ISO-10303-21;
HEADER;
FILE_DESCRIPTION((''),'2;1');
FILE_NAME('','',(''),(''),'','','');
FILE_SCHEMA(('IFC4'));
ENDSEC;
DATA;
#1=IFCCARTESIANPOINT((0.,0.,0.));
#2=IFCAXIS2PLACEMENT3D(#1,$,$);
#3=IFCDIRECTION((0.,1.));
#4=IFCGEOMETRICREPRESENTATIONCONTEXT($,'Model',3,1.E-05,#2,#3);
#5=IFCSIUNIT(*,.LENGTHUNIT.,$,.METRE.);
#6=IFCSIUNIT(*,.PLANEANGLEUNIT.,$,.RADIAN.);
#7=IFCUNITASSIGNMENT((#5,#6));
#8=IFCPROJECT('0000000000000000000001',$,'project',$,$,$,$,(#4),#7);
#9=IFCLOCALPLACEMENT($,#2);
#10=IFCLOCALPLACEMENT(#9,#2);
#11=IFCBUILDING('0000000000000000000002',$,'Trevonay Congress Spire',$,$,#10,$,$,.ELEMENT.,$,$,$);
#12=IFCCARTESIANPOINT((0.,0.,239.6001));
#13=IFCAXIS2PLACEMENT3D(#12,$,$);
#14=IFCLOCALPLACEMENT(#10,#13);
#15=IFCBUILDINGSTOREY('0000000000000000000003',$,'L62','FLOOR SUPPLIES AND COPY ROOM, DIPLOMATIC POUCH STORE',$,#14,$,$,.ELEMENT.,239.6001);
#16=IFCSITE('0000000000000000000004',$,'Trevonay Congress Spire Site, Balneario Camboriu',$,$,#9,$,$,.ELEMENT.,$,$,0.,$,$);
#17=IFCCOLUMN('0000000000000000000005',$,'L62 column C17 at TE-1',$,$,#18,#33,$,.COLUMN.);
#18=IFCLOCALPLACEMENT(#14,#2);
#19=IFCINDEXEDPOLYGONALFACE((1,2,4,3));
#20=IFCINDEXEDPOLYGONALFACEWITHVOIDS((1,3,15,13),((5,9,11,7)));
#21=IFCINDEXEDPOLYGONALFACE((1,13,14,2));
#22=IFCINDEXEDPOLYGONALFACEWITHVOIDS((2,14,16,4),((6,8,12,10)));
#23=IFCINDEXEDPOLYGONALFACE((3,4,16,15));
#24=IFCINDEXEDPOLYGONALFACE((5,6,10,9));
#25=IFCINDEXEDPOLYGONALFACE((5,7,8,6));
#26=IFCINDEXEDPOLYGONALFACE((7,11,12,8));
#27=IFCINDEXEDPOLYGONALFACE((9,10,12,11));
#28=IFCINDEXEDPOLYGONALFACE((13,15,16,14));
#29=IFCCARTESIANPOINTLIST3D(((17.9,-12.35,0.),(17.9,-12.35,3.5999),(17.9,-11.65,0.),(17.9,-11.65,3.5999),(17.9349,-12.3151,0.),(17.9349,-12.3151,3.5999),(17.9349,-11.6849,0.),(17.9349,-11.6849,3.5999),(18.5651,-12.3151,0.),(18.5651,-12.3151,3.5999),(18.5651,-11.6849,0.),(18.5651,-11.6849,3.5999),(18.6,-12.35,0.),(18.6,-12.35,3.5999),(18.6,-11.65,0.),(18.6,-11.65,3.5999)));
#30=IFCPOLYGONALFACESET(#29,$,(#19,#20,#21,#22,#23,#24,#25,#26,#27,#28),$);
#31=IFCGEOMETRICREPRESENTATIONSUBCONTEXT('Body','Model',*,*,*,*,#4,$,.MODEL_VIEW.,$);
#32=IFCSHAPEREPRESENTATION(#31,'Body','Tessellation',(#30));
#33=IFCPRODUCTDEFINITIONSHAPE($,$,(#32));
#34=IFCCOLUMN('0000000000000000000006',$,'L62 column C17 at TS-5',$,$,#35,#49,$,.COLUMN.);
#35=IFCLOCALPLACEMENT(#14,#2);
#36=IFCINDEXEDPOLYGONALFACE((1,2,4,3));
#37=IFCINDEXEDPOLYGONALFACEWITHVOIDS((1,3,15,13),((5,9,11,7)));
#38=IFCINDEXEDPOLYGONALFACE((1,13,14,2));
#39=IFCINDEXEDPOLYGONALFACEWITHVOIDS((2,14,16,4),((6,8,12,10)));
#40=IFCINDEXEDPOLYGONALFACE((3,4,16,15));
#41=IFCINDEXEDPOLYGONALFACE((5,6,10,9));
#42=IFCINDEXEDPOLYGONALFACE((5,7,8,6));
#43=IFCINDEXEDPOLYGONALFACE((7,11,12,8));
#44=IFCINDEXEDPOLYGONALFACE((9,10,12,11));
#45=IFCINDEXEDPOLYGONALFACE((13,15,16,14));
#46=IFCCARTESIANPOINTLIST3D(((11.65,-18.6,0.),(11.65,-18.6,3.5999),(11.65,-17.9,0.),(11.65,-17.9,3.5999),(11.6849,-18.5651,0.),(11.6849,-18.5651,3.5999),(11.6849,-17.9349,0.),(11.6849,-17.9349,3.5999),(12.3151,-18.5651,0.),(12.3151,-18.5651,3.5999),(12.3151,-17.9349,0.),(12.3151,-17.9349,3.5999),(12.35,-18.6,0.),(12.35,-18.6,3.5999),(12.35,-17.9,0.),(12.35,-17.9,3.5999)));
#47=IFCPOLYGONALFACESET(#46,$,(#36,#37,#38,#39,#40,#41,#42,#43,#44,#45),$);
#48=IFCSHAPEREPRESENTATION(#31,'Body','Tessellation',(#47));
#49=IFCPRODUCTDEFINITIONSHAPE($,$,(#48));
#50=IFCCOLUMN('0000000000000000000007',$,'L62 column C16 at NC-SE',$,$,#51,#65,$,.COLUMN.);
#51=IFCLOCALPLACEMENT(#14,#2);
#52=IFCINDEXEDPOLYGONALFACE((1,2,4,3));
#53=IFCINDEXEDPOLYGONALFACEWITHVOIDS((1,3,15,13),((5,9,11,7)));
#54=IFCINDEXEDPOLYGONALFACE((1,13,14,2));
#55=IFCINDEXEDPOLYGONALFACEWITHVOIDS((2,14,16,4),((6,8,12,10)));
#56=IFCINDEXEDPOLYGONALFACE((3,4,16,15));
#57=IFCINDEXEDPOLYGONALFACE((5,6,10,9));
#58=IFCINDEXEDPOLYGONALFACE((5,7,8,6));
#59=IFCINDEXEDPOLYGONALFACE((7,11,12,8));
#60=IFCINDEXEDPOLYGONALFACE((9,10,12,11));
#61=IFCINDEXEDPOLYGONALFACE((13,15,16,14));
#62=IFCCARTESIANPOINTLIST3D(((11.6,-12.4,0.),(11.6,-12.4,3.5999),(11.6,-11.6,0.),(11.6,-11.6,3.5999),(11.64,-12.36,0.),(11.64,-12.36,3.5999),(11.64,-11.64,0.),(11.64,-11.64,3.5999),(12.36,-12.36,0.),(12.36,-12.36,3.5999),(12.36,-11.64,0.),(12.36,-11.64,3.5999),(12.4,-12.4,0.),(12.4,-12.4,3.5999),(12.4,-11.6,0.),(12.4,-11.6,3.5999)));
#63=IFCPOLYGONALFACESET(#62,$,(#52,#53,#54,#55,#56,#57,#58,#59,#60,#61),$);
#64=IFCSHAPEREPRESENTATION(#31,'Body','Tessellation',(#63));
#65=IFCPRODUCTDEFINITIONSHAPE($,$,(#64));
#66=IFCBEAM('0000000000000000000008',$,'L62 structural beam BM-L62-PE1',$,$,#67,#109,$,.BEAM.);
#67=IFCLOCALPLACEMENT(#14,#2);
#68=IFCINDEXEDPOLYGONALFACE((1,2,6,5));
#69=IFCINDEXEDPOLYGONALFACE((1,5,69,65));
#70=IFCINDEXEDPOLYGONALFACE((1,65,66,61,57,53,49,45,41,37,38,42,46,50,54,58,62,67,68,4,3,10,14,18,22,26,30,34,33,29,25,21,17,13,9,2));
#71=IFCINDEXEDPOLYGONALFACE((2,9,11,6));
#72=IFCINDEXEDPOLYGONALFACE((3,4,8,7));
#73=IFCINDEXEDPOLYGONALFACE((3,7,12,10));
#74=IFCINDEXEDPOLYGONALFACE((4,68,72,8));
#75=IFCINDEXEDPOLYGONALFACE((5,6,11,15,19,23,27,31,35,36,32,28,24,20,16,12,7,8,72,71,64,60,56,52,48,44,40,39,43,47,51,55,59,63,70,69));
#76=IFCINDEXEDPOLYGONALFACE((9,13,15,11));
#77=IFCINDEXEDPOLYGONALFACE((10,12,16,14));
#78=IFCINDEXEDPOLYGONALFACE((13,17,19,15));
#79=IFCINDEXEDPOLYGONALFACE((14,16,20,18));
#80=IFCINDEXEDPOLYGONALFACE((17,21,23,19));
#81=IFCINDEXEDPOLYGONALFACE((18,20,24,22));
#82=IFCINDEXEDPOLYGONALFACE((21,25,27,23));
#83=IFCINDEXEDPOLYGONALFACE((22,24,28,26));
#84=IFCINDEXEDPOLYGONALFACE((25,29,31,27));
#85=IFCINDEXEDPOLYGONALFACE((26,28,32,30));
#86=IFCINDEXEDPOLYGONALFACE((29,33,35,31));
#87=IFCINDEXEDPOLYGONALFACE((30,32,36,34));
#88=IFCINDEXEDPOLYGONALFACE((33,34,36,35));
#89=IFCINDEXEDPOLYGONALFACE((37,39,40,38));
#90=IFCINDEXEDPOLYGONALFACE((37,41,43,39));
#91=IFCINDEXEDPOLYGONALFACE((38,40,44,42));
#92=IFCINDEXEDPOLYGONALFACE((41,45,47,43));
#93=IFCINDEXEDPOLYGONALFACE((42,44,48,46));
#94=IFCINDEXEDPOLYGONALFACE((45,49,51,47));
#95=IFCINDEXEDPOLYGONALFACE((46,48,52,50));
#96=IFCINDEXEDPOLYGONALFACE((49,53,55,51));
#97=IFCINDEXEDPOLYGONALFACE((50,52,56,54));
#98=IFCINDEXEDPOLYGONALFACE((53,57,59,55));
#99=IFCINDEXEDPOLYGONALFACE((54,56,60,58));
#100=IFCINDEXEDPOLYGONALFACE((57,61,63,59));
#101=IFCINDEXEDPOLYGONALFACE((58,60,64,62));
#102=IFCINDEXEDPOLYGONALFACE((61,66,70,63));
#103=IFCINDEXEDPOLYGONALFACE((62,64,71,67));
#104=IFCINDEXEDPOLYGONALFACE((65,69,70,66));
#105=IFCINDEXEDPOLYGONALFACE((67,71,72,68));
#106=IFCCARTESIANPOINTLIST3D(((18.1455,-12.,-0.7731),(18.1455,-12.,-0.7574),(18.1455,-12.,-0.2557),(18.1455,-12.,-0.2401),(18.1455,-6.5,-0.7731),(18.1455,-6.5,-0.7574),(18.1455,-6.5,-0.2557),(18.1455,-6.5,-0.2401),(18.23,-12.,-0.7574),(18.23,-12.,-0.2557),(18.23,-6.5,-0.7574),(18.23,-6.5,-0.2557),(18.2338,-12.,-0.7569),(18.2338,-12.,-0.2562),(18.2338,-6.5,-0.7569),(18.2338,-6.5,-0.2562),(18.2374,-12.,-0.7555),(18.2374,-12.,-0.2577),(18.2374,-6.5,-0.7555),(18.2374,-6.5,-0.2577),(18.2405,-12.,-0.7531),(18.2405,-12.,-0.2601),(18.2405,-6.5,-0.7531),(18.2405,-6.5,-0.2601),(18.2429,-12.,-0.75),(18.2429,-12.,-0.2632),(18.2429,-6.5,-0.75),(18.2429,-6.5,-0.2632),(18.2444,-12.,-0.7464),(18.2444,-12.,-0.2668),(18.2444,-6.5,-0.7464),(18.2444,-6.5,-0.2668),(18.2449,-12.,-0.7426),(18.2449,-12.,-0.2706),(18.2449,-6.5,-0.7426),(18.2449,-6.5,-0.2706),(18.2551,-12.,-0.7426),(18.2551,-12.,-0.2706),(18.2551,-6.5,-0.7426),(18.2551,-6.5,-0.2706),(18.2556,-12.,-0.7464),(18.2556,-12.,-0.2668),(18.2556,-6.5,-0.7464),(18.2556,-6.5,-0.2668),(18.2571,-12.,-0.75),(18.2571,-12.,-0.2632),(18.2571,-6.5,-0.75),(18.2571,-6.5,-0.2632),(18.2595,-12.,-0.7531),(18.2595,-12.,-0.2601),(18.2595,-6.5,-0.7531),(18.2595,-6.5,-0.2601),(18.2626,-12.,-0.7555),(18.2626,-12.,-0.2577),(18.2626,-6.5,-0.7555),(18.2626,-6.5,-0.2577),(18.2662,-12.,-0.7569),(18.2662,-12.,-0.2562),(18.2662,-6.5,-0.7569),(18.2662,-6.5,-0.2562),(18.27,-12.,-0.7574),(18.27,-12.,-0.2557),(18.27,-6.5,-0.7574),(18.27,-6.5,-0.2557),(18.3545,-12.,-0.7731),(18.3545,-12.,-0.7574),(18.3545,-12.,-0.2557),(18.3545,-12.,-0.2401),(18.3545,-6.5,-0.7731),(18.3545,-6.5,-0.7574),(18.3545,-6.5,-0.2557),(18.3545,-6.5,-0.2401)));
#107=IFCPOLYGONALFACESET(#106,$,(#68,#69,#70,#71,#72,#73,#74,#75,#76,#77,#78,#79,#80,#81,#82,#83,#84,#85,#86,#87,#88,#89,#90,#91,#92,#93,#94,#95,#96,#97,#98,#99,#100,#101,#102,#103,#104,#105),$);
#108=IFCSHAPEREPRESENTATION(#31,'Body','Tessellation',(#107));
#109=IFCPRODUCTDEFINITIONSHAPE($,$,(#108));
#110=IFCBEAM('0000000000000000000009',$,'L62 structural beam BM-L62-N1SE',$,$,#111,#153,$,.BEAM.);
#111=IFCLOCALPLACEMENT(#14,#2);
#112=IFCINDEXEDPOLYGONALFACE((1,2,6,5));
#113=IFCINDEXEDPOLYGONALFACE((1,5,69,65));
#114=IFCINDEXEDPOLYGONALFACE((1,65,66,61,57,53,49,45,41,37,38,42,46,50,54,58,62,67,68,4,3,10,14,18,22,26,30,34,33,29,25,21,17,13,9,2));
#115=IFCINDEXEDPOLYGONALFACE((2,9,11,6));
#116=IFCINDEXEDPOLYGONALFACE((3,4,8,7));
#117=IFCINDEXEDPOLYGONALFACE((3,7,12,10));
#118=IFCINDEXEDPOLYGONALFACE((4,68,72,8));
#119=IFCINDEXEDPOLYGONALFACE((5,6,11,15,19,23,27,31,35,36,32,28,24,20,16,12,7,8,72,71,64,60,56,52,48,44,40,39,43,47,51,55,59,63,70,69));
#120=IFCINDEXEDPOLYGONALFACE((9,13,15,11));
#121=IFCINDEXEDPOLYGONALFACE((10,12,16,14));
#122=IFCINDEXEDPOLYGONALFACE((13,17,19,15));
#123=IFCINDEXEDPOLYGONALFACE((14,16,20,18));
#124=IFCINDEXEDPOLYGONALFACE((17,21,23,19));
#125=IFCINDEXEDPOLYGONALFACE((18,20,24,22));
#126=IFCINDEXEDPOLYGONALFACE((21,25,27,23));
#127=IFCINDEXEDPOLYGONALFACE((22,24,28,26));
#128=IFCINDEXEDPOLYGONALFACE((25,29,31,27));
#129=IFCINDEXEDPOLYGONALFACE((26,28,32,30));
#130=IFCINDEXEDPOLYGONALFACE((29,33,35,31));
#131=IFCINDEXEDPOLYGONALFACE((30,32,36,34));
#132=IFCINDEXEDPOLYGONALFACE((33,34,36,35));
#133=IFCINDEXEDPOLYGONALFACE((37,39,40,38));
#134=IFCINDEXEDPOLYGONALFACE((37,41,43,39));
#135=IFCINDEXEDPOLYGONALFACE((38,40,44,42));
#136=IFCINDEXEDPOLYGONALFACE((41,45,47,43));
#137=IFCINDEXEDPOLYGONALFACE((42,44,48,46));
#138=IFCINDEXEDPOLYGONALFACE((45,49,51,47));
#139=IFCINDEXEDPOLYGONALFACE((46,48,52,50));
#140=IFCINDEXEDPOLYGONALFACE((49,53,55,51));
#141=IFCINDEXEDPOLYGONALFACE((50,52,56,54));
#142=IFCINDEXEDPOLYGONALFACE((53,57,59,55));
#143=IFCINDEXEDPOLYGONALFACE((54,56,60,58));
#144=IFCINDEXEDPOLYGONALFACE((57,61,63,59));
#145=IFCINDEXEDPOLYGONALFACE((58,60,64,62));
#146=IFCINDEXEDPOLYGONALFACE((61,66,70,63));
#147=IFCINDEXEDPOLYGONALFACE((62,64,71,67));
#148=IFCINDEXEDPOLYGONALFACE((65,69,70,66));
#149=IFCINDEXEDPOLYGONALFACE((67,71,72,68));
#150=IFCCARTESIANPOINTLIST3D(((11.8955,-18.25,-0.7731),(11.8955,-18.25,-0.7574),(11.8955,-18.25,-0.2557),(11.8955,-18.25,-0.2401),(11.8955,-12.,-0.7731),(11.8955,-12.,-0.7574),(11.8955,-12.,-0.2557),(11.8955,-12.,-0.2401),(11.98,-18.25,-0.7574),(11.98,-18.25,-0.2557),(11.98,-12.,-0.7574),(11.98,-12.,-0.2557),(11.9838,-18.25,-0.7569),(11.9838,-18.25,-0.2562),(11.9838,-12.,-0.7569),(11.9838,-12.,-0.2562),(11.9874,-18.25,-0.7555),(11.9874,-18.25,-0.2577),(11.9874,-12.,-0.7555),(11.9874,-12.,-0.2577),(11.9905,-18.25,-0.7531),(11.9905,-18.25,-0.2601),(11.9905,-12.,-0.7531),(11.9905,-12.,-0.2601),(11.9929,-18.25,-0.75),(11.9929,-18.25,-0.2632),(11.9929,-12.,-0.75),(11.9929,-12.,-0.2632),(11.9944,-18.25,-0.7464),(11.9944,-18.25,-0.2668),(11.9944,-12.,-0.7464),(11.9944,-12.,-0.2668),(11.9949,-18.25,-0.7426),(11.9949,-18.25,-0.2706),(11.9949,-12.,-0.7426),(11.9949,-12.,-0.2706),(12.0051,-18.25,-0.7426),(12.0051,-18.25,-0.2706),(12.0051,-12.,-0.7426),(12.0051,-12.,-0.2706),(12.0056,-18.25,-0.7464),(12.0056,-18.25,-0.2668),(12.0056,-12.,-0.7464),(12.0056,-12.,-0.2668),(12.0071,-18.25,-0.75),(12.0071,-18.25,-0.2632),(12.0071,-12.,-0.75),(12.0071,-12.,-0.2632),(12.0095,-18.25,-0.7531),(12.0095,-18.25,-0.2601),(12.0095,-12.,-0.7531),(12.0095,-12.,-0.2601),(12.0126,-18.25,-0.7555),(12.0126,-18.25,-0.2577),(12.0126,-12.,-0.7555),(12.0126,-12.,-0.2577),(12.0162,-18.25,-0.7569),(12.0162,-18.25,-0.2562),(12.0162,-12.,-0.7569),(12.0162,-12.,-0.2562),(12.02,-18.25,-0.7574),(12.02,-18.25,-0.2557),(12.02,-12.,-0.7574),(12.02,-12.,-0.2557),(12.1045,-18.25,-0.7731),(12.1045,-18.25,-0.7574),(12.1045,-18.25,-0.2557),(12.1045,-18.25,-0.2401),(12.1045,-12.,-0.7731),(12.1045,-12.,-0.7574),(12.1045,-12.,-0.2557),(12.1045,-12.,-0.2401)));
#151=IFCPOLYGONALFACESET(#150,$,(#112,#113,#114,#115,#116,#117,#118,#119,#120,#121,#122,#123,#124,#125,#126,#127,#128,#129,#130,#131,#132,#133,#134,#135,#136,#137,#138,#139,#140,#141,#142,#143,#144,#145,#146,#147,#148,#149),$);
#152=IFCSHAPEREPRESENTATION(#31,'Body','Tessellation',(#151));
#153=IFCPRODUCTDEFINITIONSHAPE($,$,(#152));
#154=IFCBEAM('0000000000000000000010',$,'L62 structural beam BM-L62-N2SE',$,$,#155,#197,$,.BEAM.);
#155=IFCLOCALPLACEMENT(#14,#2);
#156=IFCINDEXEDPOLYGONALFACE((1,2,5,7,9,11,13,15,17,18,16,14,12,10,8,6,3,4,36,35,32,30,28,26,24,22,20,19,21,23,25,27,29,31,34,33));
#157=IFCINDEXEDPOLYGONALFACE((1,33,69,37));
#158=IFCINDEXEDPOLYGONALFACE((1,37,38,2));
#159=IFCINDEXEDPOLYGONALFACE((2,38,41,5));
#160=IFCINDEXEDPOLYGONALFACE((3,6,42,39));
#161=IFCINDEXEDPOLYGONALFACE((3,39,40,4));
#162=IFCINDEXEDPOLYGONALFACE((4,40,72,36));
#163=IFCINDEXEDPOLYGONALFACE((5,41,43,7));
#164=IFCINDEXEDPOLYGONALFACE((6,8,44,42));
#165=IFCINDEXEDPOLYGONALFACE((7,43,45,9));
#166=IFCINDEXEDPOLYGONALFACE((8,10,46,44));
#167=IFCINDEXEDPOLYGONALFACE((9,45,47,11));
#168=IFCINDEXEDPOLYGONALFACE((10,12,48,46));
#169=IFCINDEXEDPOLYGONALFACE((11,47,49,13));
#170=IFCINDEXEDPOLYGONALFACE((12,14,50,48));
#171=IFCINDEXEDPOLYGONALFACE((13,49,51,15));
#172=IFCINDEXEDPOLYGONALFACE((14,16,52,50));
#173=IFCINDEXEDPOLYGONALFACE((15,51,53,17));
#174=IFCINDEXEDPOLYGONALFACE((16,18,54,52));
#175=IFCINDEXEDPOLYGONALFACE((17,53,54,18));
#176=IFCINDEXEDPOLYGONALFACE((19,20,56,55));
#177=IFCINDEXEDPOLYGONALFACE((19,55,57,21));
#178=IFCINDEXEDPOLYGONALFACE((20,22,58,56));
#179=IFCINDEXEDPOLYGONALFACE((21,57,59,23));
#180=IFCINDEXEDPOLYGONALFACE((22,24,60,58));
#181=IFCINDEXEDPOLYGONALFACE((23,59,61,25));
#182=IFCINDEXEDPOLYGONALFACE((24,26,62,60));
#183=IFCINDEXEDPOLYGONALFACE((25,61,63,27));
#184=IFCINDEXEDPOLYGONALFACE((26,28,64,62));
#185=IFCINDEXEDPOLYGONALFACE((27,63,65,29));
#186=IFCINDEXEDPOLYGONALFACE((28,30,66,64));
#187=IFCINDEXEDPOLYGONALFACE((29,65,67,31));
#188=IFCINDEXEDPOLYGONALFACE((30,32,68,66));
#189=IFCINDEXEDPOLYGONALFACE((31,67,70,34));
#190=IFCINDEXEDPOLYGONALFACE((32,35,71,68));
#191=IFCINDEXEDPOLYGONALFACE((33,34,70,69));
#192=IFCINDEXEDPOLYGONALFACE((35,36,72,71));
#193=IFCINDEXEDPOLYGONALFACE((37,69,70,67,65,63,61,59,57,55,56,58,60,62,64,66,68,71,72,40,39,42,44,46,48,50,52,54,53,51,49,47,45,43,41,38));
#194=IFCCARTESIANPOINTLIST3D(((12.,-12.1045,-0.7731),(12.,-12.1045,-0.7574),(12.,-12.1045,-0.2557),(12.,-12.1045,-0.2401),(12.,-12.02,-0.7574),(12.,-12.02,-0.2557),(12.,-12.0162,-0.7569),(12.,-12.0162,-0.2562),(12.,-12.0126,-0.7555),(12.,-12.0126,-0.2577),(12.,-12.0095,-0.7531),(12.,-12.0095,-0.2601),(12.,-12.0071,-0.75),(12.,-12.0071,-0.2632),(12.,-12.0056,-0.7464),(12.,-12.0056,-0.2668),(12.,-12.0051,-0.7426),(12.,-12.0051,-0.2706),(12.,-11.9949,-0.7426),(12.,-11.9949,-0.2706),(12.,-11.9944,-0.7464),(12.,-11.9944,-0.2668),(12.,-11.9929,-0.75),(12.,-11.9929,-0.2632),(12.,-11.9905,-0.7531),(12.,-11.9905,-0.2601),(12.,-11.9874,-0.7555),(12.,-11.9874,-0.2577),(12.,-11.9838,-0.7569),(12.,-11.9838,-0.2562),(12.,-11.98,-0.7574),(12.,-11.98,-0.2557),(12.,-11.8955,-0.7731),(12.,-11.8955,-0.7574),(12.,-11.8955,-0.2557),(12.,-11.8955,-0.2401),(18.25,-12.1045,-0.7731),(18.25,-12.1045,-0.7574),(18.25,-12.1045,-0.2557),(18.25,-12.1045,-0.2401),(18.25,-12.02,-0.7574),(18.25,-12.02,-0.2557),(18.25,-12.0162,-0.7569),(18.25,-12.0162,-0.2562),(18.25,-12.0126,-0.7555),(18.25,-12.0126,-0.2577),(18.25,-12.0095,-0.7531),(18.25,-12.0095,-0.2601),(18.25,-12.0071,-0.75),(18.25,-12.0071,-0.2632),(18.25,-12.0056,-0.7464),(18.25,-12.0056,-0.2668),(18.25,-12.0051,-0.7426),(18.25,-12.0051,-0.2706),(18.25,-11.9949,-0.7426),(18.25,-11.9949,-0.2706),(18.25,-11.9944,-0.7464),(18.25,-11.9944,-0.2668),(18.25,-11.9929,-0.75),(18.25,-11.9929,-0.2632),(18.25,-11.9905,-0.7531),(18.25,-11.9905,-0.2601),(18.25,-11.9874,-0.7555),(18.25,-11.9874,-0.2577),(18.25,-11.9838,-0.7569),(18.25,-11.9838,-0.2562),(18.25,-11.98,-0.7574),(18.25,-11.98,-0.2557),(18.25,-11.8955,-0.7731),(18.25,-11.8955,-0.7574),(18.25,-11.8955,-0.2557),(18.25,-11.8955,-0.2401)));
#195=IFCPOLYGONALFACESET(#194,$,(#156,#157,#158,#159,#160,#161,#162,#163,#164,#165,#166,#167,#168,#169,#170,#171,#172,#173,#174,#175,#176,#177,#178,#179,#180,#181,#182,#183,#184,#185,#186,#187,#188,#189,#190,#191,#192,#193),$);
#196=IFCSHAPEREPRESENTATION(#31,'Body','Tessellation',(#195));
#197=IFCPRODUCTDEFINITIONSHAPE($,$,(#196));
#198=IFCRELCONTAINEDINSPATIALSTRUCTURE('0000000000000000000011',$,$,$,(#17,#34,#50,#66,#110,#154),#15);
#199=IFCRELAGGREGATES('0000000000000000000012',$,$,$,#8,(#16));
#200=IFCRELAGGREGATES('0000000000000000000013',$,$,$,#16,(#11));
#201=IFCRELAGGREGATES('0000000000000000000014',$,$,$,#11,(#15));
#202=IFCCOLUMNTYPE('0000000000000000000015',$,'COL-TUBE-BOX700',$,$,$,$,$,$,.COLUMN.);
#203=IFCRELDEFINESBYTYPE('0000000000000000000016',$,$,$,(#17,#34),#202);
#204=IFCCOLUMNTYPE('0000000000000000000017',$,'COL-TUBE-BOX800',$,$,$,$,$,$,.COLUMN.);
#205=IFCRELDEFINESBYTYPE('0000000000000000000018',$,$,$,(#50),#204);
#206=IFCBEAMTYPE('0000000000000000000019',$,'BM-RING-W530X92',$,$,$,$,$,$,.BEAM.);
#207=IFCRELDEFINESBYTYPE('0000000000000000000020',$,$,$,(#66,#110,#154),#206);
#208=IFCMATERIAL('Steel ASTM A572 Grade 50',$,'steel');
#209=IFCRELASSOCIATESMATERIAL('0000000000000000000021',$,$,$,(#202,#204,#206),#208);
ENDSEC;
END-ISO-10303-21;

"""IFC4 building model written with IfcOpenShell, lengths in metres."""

from ifc_helpers import new_model, si_unit, direction, frame, origin, origin_2d, place, context, subcontext, project, spatial, hollow_rectangle, i_section, extrude, material, material_profile, profile_set, type_object, element, save


model = new_model("IFC4")

# Units and contexts
model_context = context("Model", 3, precision=1e-05, world=origin(), true_north=direction((0.0, 1.0)))
body_context = subcontext(model_context, "Body", "Model", "MODEL_VIEW")
ifc_project = project(units=[si_unit("LENGTHUNIT", "METRE"), si_unit("PLANEANGLEUNIT", "RADIAN")], contexts=[model_context])

# Site, building, storey
site_placement = place(None, origin())
site = spatial("IfcSite", under=ifc_project, at=site_placement, Name="Trevonay Congress Spire Site, Balneario Camboriu", CompositionType="ELEMENT", RefElevation=0.0)
building_placement = place(site_placement, origin())
building = spatial("IfcBuilding", under=site, at=building_placement, Name="Trevonay Congress Spire", CompositionType="ELEMENT")
storey_placement = place(building_placement, frame((0.0, 0.0, 239.6001)))
storey = spatial("IfcBuildingStorey", under=building, at=storey_placement, Name="L62", Description="FLOOR SUPPLIES AND COPY ROOM, DIPLOMATIC POUCH STORE", CompositionType="ELEMENT", Elevation=239.6001)

# Columns
ifc_material_1 = material(Name="Steel ASTM A572 Grade 50", Category="steel")
ifc_material_profile_1 = material_profile(ifc_material_1, hollow_rectangle(XDim=0.7, YDim=0.7, WallThickness=0.0349, at=origin_2d()), Name="BOX 700x700x35")
ifc_profile_set_1 = profile_set([ifc_material_profile_1], Name="Steel ASTM A572 Grade 50")
column_type_1 = type_object("IfcColumnType", Name="COL-TUBE-BOX700", PredefinedType="COLUMN", material=ifc_profile_set_1)
for number, where, z_axis, x_axis, name in (
    (1, (18.25, -12.0, 0.0), (0.0, 0.0, 1.0), (1.0, 0.0, 0.0), "L62 column C17 at TE-1"),
    (2, (12.0, -18.25, 0.0), (0.0, 0.0, 1.0), (1.0, 0.0, 0.0), "L62 column C17 at TS-5"),
):
    element("IfcColumn", number, at=place(storey_placement, frame(where, z_axis=z_axis, x_axis=x_axis)), inside=storey, type_object=column_type_1, Name=name, PredefinedType="COLUMN", context=body_context, shape_type="SweptSolid", body=[
        extrude(hollow_rectangle(XDim=0.7, YDim=0.7, WallThickness=0.0349, at=origin_2d()), origin(), (0.0, 0.0, 1.0), 3.5999),
    ])
ifc_material_profile_2 = material_profile(ifc_material_1, hollow_rectangle(XDim=0.8, YDim=0.8, WallThickness=0.04, at=origin_2d()), Name="BOX 800x800x40")
ifc_profile_set_2 = profile_set([ifc_material_profile_2], Name="Steel ASTM A572 Grade 50")
column_type_2 = type_object("IfcColumnType", Name="COL-TUBE-BOX800", PredefinedType="COLUMN", material=ifc_profile_set_2)
column_placement = place(storey_placement, frame((12.0, -12.0, 0.0), z_axis=(0.0, 0.0, 1.0), x_axis=(1.0, 0.0, 0.0)))
element("IfcColumn", 3, at=column_placement, inside=storey, type_object=column_type_2, Name="L62 column C16 at NC-SE", PredefinedType="COLUMN", context=body_context, shape_type="SweptSolid", body=[
    extrude(hollow_rectangle(XDim=0.8, YDim=0.8, WallThickness=0.04, at=origin_2d()), origin(), (0.0, 0.0, 1.0), 3.5999),
])

# Beams
ifc_material_profile_3 = material_profile(ifc_material_1, i_section(OverallWidth=0.209, OverallDepth=0.533, WebThickness=0.0103, FlangeThickness=0.0156, FilletRadius=0.0149, at=origin_2d()), Name="W530x92")
ifc_profile_set_3 = profile_set([ifc_material_profile_3], Name="Steel ASTM A572 Grade 50")
beam_type_1 = type_object("IfcBeamType", Name="BM-RING-W530X92", PredefinedType="BEAM", material=ifc_profile_set_3)
beam_1_placement = place(storey_placement, frame((18.25, -12.0, -0.5066), z_axis=(0.0, 1.0, 0.0), x_axis=(-1.0, 0.0, 0.0)))
element("IfcBeam", 4, at=beam_1_placement, inside=storey, type_object=beam_type_1, Name="L62 structural beam BM-L62-PE1", PredefinedType="BEAM", context=body_context, shape_type="SweptSolid", body=[
    extrude(i_section(OverallWidth=0.209, OverallDepth=0.533, WebThickness=0.0103, FlangeThickness=0.0156, FilletRadius=0.0149, at=origin_2d()), origin(), (0.0, 0.0, 1.0), 5.5),
])
for number, where, z_axis, x_axis, name in (
    (5, (12.0, -18.25, -0.5066), (0.0, 1.0, 0.0), (-1.0, 0.0, 0.0), "L62 structural beam BM-L62-N1SE"),
    (6, (18.25, -12.0, -0.5066), (-1.0, 0.0, 0.0), (0.0, -1.0, 0.0), "L62 structural beam BM-L62-N2SE"),
):
    element("IfcBeam", number, at=place(storey_placement, frame(where, z_axis=z_axis, x_axis=x_axis)), inside=storey, type_object=beam_type_1, Name=name, PredefinedType="BEAM", context=body_context, shape_type="SweptSolid", body=[
        extrude(i_section(OverallWidth=0.209, OverallDepth=0.533, WebThickness=0.0103, FlangeThickness=0.0156, FilletRadius=0.0149, at=origin_2d()), origin(), (0.0, 0.0, 1.0), 6.25),
    ])

save(model, "model.ifc")
